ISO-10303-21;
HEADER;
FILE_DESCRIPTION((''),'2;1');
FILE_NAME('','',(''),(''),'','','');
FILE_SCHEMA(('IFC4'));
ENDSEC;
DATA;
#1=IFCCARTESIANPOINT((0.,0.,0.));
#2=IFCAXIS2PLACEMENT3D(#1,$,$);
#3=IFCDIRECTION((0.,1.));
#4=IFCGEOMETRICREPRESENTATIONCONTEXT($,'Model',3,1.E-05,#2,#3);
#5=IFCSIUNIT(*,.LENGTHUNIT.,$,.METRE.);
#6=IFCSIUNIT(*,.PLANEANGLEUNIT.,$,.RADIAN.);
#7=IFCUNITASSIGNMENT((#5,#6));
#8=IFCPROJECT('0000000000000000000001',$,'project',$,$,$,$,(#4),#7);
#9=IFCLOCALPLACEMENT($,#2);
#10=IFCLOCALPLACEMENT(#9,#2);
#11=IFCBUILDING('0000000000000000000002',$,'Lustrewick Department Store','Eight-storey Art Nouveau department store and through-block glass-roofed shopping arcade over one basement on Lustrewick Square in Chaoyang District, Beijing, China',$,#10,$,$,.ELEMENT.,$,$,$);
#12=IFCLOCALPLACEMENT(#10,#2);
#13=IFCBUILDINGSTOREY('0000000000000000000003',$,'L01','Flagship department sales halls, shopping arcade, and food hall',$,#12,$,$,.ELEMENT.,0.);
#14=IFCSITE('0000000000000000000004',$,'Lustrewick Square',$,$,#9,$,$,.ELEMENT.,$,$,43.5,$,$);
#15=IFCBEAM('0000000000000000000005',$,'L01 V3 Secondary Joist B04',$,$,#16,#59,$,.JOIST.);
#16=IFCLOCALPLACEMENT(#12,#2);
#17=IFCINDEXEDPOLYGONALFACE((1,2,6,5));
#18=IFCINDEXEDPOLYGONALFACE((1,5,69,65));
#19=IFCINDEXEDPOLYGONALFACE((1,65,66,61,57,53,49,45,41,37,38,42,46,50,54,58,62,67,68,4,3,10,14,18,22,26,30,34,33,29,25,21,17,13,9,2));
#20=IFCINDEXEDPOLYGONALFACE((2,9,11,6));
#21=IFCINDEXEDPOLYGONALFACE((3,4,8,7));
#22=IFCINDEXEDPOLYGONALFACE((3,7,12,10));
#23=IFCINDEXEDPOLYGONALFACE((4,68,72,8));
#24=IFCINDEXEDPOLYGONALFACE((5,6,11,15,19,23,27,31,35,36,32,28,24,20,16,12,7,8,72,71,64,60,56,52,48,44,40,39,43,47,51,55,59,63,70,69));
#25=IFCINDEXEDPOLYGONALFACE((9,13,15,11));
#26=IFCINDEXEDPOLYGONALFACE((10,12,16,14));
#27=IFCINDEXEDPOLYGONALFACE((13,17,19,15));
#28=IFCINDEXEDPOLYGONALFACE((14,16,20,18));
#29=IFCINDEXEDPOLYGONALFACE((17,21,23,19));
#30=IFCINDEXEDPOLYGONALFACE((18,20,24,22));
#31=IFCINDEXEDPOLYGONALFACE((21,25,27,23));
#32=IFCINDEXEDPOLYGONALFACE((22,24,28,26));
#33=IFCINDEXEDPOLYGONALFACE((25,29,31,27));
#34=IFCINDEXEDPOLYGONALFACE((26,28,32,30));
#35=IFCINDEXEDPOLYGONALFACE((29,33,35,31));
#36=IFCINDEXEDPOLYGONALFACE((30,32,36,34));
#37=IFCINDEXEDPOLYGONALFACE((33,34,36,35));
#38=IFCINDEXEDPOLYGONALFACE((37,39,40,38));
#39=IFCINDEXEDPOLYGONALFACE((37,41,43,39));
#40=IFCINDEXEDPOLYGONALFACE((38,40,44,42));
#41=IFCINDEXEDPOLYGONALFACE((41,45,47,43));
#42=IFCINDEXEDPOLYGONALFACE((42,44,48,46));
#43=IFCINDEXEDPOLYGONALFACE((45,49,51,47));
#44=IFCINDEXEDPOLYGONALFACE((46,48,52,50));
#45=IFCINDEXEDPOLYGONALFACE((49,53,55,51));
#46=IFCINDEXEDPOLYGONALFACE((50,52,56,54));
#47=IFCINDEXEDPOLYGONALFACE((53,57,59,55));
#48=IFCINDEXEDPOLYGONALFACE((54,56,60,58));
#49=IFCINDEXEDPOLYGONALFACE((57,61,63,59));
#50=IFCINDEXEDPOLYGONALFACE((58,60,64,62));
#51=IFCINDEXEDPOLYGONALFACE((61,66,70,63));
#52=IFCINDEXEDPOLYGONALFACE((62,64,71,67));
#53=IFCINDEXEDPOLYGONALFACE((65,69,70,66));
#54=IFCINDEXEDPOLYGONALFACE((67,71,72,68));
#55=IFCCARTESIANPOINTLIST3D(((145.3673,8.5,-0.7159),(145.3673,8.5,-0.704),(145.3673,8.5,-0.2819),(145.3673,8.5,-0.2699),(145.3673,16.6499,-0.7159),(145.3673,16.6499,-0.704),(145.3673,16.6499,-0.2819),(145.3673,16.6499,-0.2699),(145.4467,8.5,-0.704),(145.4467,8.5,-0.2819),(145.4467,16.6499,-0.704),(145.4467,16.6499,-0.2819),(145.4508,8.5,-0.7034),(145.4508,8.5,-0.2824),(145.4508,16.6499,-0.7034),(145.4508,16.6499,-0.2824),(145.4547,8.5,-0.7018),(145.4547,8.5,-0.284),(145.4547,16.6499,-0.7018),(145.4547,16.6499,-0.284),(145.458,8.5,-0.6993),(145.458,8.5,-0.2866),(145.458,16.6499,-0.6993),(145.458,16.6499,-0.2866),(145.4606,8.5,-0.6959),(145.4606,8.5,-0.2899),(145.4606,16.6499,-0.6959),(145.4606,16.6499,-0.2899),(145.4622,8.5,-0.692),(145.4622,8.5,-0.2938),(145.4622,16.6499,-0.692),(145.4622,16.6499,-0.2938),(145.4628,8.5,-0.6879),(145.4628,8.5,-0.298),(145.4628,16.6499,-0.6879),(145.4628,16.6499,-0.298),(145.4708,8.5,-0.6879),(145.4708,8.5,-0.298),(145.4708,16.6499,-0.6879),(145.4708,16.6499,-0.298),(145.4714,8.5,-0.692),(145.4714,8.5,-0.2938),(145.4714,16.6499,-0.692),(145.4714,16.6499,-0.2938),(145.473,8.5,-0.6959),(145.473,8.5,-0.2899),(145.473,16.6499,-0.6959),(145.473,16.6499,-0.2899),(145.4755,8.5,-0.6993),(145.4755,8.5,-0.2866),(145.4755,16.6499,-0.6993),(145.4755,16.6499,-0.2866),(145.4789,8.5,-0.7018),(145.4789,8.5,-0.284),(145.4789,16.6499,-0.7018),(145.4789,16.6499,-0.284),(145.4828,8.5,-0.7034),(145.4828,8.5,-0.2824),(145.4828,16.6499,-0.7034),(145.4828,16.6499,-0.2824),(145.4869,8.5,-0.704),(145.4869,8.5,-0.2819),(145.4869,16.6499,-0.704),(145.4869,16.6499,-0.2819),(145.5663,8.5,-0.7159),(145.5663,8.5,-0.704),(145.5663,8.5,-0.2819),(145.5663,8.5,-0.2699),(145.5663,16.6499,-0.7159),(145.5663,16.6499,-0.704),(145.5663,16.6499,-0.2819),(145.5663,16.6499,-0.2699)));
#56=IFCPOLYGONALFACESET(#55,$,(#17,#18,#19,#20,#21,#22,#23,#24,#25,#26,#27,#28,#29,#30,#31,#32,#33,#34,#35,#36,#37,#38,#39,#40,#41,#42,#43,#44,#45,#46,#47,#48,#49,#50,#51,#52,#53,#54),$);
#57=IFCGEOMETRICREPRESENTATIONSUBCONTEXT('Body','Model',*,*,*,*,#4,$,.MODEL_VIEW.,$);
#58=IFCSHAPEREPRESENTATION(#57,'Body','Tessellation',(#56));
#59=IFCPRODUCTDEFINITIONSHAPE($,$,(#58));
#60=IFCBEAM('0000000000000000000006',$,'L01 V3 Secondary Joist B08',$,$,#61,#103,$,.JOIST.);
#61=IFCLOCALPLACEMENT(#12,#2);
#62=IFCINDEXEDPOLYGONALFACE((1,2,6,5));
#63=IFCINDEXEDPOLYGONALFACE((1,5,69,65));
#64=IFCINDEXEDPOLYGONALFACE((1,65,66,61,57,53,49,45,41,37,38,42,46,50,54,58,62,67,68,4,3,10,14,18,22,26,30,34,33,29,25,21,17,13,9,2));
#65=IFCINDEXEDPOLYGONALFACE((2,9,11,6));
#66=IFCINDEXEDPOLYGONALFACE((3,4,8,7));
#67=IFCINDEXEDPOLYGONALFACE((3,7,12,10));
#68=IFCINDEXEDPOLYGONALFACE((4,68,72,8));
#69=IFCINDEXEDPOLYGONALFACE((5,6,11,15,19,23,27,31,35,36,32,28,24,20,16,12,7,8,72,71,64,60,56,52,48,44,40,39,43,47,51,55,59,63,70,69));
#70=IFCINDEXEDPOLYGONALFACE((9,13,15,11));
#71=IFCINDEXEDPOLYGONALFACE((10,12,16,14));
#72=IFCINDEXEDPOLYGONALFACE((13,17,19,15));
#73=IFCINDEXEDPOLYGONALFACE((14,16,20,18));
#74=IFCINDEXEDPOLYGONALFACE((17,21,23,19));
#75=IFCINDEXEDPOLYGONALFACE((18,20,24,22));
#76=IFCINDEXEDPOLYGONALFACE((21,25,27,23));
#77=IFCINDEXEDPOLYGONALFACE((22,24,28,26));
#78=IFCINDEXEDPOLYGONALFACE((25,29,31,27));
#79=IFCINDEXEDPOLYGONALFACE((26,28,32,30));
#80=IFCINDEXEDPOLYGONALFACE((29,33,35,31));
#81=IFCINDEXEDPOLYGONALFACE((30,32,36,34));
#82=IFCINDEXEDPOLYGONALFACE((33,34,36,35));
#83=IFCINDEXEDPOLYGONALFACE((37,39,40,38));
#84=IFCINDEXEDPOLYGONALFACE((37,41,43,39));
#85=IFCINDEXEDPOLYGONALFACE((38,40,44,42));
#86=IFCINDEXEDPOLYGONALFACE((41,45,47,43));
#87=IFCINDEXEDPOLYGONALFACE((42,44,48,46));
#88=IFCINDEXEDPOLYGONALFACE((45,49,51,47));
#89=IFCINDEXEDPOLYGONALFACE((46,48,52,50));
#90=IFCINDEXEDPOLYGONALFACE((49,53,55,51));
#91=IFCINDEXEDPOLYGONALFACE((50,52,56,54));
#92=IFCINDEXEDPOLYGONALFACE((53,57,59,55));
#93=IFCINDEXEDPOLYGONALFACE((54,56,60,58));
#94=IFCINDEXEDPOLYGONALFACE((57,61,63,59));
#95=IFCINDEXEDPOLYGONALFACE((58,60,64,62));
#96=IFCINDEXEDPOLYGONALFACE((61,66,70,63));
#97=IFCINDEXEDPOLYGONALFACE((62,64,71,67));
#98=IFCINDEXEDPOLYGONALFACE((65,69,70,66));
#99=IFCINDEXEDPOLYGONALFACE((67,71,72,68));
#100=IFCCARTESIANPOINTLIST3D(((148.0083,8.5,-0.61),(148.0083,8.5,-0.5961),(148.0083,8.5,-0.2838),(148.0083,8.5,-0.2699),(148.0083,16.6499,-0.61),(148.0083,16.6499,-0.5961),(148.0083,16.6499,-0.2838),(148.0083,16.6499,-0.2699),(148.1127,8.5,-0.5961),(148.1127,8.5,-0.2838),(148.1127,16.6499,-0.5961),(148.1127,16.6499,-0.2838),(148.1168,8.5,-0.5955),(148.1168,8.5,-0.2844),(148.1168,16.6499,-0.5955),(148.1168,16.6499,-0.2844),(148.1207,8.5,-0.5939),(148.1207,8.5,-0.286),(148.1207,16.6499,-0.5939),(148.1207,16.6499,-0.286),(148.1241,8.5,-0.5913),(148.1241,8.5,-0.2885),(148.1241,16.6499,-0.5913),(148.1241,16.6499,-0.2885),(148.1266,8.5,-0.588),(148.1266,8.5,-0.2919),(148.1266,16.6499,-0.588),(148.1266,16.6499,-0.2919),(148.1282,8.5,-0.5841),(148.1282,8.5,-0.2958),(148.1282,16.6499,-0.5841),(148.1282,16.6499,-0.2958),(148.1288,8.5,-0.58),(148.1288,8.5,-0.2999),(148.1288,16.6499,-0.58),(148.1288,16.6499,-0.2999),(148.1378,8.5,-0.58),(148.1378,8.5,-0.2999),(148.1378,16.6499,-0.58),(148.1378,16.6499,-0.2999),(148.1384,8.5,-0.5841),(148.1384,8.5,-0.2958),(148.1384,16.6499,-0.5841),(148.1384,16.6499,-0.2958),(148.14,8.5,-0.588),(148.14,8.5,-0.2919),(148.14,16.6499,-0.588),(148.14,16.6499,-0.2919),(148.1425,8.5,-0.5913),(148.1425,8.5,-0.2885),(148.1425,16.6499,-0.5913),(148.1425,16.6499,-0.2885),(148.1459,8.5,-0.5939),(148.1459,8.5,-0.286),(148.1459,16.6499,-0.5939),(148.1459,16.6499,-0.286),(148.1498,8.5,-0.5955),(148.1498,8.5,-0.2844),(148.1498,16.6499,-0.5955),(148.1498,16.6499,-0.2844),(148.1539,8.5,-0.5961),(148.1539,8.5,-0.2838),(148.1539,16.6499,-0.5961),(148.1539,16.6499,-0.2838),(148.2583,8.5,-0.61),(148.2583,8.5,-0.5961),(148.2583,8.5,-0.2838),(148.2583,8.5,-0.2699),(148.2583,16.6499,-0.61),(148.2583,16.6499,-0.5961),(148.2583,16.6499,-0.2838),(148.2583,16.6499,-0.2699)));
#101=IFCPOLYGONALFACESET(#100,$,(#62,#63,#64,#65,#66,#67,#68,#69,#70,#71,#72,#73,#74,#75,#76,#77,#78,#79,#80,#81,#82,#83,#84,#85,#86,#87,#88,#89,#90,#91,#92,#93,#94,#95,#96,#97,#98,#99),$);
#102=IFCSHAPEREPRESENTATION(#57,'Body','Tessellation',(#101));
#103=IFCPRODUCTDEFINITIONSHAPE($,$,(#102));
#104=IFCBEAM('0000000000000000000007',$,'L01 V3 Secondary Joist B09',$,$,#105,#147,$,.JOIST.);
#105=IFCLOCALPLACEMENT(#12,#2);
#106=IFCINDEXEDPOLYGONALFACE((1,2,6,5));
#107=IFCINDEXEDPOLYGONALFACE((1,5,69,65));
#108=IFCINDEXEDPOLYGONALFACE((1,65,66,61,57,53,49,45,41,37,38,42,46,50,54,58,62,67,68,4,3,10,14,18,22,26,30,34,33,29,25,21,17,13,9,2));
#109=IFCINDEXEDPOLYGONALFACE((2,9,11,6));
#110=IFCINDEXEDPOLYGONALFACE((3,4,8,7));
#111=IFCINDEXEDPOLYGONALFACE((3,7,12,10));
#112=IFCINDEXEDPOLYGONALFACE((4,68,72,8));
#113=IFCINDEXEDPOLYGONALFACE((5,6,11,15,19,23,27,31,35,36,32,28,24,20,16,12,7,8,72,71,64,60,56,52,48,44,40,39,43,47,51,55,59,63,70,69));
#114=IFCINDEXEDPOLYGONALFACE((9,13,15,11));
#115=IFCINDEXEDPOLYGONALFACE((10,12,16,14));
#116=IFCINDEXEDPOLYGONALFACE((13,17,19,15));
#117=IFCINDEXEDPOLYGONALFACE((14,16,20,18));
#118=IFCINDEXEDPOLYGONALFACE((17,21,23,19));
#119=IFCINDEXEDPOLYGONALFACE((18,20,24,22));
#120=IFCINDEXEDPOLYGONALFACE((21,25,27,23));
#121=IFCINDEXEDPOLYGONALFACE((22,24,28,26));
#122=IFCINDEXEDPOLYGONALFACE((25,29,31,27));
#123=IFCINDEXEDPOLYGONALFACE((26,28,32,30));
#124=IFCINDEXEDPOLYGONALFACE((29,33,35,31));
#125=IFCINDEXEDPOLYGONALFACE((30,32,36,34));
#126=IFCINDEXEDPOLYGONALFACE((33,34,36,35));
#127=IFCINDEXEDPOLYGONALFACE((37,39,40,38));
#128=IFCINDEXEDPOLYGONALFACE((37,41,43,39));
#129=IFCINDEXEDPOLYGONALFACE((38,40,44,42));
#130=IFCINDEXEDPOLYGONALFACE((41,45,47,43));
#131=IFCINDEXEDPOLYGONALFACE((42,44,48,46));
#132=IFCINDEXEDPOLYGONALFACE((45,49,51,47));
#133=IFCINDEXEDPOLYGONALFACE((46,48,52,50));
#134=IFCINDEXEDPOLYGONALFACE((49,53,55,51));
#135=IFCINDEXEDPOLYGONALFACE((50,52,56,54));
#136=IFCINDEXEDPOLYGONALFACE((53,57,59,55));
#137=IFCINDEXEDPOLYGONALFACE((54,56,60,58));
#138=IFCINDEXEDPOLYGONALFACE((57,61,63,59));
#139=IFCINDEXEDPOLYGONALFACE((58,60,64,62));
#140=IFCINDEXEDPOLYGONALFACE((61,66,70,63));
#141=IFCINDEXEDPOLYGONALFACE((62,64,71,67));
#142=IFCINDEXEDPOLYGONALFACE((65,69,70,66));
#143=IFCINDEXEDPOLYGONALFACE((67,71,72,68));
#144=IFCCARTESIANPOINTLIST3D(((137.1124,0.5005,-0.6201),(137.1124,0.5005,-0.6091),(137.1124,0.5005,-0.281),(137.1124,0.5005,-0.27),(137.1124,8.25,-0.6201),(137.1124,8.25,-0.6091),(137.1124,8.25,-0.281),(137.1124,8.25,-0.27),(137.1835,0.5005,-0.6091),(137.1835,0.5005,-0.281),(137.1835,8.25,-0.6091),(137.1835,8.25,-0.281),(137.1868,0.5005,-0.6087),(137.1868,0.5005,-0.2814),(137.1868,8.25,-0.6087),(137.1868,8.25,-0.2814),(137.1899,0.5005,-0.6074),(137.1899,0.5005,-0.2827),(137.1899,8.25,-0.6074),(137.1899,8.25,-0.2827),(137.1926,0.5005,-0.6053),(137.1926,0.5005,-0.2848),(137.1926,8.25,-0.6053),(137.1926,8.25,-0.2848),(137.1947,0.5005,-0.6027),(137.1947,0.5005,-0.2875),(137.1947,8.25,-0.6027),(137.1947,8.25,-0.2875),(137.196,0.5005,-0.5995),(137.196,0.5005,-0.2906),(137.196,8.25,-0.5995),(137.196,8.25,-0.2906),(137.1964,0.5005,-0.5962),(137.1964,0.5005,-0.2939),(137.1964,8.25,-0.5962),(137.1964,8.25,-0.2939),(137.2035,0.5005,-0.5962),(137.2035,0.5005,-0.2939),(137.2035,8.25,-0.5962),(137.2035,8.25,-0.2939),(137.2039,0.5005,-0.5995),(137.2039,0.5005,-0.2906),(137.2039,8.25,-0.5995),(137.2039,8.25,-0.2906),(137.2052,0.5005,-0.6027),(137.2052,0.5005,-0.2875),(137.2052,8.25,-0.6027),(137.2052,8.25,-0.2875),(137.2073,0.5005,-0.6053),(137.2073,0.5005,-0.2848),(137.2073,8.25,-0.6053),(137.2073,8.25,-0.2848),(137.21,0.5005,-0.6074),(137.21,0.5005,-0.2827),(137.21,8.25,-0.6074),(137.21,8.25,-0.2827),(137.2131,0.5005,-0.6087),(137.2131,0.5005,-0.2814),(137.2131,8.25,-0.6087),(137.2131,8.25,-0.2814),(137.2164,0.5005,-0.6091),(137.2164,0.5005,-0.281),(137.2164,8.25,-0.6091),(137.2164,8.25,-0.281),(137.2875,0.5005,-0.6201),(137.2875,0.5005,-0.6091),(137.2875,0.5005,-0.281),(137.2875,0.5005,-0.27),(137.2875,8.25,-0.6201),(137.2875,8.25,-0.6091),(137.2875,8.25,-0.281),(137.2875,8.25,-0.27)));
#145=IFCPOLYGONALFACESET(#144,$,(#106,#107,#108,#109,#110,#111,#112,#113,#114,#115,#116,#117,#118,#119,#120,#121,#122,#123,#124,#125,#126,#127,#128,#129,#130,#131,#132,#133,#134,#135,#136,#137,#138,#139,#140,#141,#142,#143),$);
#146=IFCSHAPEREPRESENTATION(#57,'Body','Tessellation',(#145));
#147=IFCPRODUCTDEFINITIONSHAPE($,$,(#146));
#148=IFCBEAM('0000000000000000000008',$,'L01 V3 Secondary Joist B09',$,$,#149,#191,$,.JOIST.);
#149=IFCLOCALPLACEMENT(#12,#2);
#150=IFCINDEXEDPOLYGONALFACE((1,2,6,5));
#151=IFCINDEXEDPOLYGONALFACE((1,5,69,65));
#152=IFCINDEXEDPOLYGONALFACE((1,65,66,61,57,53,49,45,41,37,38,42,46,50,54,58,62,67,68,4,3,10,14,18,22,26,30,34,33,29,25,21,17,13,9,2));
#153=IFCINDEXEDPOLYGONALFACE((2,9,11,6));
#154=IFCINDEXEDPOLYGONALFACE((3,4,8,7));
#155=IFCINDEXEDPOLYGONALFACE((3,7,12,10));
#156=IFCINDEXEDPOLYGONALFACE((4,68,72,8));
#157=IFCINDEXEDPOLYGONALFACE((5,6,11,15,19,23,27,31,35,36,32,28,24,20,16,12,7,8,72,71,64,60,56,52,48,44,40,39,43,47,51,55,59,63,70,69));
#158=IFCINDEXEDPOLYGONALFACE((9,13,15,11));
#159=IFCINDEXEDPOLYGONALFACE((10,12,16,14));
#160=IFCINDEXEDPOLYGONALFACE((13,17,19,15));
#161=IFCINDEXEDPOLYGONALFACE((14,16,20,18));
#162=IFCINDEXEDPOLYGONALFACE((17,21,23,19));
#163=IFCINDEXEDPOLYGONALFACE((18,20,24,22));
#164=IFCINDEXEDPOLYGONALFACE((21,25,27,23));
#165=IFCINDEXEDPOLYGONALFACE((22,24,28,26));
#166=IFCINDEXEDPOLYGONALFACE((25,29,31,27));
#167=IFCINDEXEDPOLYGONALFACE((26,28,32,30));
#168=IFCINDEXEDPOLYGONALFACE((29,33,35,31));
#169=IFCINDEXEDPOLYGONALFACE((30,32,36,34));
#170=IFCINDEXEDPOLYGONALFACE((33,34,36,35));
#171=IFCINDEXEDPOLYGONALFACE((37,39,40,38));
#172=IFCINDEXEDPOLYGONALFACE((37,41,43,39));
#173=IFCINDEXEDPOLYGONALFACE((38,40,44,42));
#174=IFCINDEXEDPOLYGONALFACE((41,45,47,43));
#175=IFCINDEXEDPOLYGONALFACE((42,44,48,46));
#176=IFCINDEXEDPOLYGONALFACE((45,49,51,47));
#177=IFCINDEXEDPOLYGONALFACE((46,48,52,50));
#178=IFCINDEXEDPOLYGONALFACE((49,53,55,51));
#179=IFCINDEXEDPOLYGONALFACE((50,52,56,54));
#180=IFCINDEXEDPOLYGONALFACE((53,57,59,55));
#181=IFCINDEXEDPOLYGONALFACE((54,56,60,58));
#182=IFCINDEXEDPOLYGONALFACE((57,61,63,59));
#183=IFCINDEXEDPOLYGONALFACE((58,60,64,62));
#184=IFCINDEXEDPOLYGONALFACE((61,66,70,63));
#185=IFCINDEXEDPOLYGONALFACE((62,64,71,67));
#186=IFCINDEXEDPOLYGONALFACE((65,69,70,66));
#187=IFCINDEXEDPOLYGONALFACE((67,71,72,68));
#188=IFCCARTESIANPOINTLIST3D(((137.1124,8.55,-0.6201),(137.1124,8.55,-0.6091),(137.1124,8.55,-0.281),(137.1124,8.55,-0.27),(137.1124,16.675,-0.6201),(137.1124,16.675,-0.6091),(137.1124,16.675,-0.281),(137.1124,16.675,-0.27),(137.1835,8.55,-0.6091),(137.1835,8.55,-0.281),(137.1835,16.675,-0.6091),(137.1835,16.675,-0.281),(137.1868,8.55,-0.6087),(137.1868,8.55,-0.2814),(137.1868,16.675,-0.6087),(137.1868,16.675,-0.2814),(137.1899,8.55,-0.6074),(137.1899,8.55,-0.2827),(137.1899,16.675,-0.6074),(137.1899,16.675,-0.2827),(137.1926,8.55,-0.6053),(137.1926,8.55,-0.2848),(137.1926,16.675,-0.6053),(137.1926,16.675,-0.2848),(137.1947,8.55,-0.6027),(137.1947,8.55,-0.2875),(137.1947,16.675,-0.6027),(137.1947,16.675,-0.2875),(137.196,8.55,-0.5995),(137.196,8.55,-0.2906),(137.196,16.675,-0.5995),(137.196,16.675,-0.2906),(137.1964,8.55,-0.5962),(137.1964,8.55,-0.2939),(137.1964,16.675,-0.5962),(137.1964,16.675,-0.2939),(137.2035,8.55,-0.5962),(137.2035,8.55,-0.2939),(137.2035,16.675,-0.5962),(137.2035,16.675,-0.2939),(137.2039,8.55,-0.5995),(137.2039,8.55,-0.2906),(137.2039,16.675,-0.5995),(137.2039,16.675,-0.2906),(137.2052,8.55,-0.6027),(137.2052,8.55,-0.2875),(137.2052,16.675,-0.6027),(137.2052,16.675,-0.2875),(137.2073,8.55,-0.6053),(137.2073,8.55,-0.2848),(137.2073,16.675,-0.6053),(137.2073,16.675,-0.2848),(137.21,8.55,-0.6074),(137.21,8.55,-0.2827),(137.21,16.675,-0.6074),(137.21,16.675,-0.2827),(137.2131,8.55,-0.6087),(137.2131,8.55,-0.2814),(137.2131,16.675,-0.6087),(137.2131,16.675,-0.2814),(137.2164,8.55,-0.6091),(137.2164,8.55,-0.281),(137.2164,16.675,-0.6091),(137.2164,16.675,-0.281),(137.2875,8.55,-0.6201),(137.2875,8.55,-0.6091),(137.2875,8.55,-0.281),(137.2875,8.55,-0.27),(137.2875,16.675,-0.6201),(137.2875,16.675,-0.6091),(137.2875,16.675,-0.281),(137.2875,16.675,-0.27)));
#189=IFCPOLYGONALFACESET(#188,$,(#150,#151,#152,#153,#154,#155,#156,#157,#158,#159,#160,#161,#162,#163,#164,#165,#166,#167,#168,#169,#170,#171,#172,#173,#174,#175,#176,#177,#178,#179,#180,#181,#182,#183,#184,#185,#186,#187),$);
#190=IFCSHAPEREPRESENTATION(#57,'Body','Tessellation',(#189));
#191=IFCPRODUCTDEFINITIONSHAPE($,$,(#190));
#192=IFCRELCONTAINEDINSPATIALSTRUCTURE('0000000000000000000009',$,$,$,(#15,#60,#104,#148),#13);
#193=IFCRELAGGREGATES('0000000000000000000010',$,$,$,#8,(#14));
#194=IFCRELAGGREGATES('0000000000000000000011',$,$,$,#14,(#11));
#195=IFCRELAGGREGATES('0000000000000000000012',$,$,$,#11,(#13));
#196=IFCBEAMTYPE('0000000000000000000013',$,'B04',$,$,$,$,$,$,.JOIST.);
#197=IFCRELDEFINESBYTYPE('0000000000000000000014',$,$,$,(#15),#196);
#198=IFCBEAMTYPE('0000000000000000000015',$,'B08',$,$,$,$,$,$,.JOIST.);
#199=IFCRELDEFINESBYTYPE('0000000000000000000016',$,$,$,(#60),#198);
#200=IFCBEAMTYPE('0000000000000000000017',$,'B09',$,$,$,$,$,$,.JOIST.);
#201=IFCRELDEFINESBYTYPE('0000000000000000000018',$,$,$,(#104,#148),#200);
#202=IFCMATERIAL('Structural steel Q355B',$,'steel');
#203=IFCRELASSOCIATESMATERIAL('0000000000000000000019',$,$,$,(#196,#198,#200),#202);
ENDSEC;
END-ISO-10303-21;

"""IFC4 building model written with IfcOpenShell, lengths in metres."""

from ifc_helpers import new_model, si_unit, direction, frame, origin, origin_2d, place, context, subcontext, project, spatial, i_section, extrude, material, material_profile, profile_set, type_object, element, save


model = new_model("IFC4")

# Units and contexts
model_context = context("Model", 3, precision=1e-05, world=origin(), true_north=direction((0.0, 1.0)))
body_context = subcontext(model_context, "Body", "Model", "MODEL_VIEW")
ifc_project = project(units=[si_unit("LENGTHUNIT", "METRE"), si_unit("PLANEANGLEUNIT", "RADIAN")], contexts=[model_context])

# Site, building, storey
site_placement = place(None, origin())
site = spatial("IfcSite", under=ifc_project, at=site_placement, Name="Lustrewick Square", CompositionType="ELEMENT", RefElevation=43.5)
building_placement = place(site_placement, origin())
building = spatial("IfcBuilding", under=site, at=building_placement, Name="Lustrewick Department Store", Description="Eight-storey Art Nouveau department store and through-block glass-roofed shopping arcade over one basement on Lustrewick Square in Chaoyang District, Beijing, China", CompositionType="ELEMENT")
storey_placement = place(building_placement, origin())
storey = spatial("IfcBuildingStorey", under=building, at=storey_placement, Name="L01", Description="Flagship department sales halls, shopping arcade, and food hall", CompositionType="ELEMENT", Elevation=0.0)

# Beams
ifc_material_1 = material(Name="Structural steel Q355B", Category="steel")
ifc_material_profile_1 = material_profile(ifc_material_1, i_section(OverallWidth=0.199, OverallDepth=0.446, WebThickness=0.0081, FlangeThickness=0.012, FilletRadius=0.0161, at=origin_2d()), Name="HN 446x199x8x12")
ifc_profile_set_1 = profile_set([ifc_material_profile_1], Name="Structural steel Q355B")
beam_type_1 = type_object("IfcBeamType", Name="B04", PredefinedType="JOIST", material=ifc_profile_set_1)
beam_1_placement = place(storey_placement, frame((145.4668, 8.5, -0.4929), z_axis=(0.0, 1.0, 0.0), x_axis=(-1.0, 0.0, 0.0)))
element("IfcBeam", 1, at=beam_1_placement, inside=storey, type_object=beam_type_1, Name="L01 V3 Secondary Joist B04", PredefinedType="JOIST", context=body_context, shape_type="SweptSolid", body=[
    extrude(i_section(OverallWidth=0.199, OverallDepth=0.446, WebThickness=0.0081, FlangeThickness=0.012, FilletRadius=0.0161, at=origin_2d()), origin(), (0.0, 0.0, 1.0), 8.1499),
])
ifc_material_profile_2 = material_profile(ifc_material_1, i_section(OverallWidth=0.25, OverallDepth=0.3401, WebThickness=0.009, FlangeThickness=0.0139, FilletRadius=0.0161, at=origin_2d()), Name="HM 340x250x9x14")
ifc_profile_set_2 = profile_set([ifc_material_profile_2], Name="Structural steel Q355B")
beam_type_2 = type_object("IfcBeamType", Name="B08", PredefinedType="JOIST", material=ifc_profile_set_2)
beam_2_placement = place(storey_placement, frame((148.1333, 8.5, -0.4399), z_axis=(0.0, 1.0, 0.0), x_axis=(-1.0, 0.0, 0.0)))
element("IfcBeam", 2, at=beam_2_placement, inside=storey, type_object=beam_type_2, Name="L01 V3 Secondary Joist B08", PredefinedType="JOIST", context=body_context, shape_type="SweptSolid", body=[
    extrude(i_section(OverallWidth=0.25, OverallDepth=0.3401, WebThickness=0.009, FlangeThickness=0.0139, FilletRadius=0.0161, at=origin_2d()), origin(), (0.0, 0.0, 1.0), 8.1499),
])
ifc_material_profile_3 = material_profile(ifc_material_1, i_section(OverallWidth=0.175, OverallDepth=0.3501, WebThickness=0.0071, FlangeThickness=0.011, FilletRadius=0.0129, at=origin_2d()), Name="HN 350x175x7x11")
ifc_profile_set_3 = profile_set([ifc_material_profile_3], Name="Structural steel Q355B")
beam_type_3 = type_object("IfcBeamType", Name="B09", PredefinedType="JOIST", material=ifc_profile_set_3)
beam_3_placement = place(storey_placement, frame((137.2, 0.5005, -0.4451), z_axis=(0.0, 1.0, 0.0), x_axis=(-1.0, 0.0, 0.0)))
element("IfcBeam", 3, at=beam_3_placement, inside=storey, type_object=beam_type_3, Name="L01 V3 Secondary Joist B09", PredefinedType="JOIST", context=body_context, shape_type="SweptSolid", body=[
    extrude(i_section(OverallWidth=0.175, OverallDepth=0.3501, WebThickness=0.0071, FlangeThickness=0.011, FilletRadius=0.0129, at=origin_2d()), origin(), (0.0, 0.0, 1.0), 7.7495),
])
beam_4_placement = place(storey_placement, frame((137.2, 8.55, -0.4451), z_axis=(0.0, 1.0, 0.0), x_axis=(-1.0, 0.0, 0.0)))
element("IfcBeam", 4, at=beam_4_placement, inside=storey, type_object=beam_type_3, Name="L01 V3 Secondary Joist B09", PredefinedType="JOIST", context=body_context, shape_type="SweptSolid", body=[
    extrude(i_section(OverallWidth=0.175, OverallDepth=0.3501, WebThickness=0.0071, FlangeThickness=0.011, FilletRadius=0.0129, at=origin_2d()), origin(), (0.0, 0.0, 1.0), 8.125),
])

save(model, "model.ifc")
